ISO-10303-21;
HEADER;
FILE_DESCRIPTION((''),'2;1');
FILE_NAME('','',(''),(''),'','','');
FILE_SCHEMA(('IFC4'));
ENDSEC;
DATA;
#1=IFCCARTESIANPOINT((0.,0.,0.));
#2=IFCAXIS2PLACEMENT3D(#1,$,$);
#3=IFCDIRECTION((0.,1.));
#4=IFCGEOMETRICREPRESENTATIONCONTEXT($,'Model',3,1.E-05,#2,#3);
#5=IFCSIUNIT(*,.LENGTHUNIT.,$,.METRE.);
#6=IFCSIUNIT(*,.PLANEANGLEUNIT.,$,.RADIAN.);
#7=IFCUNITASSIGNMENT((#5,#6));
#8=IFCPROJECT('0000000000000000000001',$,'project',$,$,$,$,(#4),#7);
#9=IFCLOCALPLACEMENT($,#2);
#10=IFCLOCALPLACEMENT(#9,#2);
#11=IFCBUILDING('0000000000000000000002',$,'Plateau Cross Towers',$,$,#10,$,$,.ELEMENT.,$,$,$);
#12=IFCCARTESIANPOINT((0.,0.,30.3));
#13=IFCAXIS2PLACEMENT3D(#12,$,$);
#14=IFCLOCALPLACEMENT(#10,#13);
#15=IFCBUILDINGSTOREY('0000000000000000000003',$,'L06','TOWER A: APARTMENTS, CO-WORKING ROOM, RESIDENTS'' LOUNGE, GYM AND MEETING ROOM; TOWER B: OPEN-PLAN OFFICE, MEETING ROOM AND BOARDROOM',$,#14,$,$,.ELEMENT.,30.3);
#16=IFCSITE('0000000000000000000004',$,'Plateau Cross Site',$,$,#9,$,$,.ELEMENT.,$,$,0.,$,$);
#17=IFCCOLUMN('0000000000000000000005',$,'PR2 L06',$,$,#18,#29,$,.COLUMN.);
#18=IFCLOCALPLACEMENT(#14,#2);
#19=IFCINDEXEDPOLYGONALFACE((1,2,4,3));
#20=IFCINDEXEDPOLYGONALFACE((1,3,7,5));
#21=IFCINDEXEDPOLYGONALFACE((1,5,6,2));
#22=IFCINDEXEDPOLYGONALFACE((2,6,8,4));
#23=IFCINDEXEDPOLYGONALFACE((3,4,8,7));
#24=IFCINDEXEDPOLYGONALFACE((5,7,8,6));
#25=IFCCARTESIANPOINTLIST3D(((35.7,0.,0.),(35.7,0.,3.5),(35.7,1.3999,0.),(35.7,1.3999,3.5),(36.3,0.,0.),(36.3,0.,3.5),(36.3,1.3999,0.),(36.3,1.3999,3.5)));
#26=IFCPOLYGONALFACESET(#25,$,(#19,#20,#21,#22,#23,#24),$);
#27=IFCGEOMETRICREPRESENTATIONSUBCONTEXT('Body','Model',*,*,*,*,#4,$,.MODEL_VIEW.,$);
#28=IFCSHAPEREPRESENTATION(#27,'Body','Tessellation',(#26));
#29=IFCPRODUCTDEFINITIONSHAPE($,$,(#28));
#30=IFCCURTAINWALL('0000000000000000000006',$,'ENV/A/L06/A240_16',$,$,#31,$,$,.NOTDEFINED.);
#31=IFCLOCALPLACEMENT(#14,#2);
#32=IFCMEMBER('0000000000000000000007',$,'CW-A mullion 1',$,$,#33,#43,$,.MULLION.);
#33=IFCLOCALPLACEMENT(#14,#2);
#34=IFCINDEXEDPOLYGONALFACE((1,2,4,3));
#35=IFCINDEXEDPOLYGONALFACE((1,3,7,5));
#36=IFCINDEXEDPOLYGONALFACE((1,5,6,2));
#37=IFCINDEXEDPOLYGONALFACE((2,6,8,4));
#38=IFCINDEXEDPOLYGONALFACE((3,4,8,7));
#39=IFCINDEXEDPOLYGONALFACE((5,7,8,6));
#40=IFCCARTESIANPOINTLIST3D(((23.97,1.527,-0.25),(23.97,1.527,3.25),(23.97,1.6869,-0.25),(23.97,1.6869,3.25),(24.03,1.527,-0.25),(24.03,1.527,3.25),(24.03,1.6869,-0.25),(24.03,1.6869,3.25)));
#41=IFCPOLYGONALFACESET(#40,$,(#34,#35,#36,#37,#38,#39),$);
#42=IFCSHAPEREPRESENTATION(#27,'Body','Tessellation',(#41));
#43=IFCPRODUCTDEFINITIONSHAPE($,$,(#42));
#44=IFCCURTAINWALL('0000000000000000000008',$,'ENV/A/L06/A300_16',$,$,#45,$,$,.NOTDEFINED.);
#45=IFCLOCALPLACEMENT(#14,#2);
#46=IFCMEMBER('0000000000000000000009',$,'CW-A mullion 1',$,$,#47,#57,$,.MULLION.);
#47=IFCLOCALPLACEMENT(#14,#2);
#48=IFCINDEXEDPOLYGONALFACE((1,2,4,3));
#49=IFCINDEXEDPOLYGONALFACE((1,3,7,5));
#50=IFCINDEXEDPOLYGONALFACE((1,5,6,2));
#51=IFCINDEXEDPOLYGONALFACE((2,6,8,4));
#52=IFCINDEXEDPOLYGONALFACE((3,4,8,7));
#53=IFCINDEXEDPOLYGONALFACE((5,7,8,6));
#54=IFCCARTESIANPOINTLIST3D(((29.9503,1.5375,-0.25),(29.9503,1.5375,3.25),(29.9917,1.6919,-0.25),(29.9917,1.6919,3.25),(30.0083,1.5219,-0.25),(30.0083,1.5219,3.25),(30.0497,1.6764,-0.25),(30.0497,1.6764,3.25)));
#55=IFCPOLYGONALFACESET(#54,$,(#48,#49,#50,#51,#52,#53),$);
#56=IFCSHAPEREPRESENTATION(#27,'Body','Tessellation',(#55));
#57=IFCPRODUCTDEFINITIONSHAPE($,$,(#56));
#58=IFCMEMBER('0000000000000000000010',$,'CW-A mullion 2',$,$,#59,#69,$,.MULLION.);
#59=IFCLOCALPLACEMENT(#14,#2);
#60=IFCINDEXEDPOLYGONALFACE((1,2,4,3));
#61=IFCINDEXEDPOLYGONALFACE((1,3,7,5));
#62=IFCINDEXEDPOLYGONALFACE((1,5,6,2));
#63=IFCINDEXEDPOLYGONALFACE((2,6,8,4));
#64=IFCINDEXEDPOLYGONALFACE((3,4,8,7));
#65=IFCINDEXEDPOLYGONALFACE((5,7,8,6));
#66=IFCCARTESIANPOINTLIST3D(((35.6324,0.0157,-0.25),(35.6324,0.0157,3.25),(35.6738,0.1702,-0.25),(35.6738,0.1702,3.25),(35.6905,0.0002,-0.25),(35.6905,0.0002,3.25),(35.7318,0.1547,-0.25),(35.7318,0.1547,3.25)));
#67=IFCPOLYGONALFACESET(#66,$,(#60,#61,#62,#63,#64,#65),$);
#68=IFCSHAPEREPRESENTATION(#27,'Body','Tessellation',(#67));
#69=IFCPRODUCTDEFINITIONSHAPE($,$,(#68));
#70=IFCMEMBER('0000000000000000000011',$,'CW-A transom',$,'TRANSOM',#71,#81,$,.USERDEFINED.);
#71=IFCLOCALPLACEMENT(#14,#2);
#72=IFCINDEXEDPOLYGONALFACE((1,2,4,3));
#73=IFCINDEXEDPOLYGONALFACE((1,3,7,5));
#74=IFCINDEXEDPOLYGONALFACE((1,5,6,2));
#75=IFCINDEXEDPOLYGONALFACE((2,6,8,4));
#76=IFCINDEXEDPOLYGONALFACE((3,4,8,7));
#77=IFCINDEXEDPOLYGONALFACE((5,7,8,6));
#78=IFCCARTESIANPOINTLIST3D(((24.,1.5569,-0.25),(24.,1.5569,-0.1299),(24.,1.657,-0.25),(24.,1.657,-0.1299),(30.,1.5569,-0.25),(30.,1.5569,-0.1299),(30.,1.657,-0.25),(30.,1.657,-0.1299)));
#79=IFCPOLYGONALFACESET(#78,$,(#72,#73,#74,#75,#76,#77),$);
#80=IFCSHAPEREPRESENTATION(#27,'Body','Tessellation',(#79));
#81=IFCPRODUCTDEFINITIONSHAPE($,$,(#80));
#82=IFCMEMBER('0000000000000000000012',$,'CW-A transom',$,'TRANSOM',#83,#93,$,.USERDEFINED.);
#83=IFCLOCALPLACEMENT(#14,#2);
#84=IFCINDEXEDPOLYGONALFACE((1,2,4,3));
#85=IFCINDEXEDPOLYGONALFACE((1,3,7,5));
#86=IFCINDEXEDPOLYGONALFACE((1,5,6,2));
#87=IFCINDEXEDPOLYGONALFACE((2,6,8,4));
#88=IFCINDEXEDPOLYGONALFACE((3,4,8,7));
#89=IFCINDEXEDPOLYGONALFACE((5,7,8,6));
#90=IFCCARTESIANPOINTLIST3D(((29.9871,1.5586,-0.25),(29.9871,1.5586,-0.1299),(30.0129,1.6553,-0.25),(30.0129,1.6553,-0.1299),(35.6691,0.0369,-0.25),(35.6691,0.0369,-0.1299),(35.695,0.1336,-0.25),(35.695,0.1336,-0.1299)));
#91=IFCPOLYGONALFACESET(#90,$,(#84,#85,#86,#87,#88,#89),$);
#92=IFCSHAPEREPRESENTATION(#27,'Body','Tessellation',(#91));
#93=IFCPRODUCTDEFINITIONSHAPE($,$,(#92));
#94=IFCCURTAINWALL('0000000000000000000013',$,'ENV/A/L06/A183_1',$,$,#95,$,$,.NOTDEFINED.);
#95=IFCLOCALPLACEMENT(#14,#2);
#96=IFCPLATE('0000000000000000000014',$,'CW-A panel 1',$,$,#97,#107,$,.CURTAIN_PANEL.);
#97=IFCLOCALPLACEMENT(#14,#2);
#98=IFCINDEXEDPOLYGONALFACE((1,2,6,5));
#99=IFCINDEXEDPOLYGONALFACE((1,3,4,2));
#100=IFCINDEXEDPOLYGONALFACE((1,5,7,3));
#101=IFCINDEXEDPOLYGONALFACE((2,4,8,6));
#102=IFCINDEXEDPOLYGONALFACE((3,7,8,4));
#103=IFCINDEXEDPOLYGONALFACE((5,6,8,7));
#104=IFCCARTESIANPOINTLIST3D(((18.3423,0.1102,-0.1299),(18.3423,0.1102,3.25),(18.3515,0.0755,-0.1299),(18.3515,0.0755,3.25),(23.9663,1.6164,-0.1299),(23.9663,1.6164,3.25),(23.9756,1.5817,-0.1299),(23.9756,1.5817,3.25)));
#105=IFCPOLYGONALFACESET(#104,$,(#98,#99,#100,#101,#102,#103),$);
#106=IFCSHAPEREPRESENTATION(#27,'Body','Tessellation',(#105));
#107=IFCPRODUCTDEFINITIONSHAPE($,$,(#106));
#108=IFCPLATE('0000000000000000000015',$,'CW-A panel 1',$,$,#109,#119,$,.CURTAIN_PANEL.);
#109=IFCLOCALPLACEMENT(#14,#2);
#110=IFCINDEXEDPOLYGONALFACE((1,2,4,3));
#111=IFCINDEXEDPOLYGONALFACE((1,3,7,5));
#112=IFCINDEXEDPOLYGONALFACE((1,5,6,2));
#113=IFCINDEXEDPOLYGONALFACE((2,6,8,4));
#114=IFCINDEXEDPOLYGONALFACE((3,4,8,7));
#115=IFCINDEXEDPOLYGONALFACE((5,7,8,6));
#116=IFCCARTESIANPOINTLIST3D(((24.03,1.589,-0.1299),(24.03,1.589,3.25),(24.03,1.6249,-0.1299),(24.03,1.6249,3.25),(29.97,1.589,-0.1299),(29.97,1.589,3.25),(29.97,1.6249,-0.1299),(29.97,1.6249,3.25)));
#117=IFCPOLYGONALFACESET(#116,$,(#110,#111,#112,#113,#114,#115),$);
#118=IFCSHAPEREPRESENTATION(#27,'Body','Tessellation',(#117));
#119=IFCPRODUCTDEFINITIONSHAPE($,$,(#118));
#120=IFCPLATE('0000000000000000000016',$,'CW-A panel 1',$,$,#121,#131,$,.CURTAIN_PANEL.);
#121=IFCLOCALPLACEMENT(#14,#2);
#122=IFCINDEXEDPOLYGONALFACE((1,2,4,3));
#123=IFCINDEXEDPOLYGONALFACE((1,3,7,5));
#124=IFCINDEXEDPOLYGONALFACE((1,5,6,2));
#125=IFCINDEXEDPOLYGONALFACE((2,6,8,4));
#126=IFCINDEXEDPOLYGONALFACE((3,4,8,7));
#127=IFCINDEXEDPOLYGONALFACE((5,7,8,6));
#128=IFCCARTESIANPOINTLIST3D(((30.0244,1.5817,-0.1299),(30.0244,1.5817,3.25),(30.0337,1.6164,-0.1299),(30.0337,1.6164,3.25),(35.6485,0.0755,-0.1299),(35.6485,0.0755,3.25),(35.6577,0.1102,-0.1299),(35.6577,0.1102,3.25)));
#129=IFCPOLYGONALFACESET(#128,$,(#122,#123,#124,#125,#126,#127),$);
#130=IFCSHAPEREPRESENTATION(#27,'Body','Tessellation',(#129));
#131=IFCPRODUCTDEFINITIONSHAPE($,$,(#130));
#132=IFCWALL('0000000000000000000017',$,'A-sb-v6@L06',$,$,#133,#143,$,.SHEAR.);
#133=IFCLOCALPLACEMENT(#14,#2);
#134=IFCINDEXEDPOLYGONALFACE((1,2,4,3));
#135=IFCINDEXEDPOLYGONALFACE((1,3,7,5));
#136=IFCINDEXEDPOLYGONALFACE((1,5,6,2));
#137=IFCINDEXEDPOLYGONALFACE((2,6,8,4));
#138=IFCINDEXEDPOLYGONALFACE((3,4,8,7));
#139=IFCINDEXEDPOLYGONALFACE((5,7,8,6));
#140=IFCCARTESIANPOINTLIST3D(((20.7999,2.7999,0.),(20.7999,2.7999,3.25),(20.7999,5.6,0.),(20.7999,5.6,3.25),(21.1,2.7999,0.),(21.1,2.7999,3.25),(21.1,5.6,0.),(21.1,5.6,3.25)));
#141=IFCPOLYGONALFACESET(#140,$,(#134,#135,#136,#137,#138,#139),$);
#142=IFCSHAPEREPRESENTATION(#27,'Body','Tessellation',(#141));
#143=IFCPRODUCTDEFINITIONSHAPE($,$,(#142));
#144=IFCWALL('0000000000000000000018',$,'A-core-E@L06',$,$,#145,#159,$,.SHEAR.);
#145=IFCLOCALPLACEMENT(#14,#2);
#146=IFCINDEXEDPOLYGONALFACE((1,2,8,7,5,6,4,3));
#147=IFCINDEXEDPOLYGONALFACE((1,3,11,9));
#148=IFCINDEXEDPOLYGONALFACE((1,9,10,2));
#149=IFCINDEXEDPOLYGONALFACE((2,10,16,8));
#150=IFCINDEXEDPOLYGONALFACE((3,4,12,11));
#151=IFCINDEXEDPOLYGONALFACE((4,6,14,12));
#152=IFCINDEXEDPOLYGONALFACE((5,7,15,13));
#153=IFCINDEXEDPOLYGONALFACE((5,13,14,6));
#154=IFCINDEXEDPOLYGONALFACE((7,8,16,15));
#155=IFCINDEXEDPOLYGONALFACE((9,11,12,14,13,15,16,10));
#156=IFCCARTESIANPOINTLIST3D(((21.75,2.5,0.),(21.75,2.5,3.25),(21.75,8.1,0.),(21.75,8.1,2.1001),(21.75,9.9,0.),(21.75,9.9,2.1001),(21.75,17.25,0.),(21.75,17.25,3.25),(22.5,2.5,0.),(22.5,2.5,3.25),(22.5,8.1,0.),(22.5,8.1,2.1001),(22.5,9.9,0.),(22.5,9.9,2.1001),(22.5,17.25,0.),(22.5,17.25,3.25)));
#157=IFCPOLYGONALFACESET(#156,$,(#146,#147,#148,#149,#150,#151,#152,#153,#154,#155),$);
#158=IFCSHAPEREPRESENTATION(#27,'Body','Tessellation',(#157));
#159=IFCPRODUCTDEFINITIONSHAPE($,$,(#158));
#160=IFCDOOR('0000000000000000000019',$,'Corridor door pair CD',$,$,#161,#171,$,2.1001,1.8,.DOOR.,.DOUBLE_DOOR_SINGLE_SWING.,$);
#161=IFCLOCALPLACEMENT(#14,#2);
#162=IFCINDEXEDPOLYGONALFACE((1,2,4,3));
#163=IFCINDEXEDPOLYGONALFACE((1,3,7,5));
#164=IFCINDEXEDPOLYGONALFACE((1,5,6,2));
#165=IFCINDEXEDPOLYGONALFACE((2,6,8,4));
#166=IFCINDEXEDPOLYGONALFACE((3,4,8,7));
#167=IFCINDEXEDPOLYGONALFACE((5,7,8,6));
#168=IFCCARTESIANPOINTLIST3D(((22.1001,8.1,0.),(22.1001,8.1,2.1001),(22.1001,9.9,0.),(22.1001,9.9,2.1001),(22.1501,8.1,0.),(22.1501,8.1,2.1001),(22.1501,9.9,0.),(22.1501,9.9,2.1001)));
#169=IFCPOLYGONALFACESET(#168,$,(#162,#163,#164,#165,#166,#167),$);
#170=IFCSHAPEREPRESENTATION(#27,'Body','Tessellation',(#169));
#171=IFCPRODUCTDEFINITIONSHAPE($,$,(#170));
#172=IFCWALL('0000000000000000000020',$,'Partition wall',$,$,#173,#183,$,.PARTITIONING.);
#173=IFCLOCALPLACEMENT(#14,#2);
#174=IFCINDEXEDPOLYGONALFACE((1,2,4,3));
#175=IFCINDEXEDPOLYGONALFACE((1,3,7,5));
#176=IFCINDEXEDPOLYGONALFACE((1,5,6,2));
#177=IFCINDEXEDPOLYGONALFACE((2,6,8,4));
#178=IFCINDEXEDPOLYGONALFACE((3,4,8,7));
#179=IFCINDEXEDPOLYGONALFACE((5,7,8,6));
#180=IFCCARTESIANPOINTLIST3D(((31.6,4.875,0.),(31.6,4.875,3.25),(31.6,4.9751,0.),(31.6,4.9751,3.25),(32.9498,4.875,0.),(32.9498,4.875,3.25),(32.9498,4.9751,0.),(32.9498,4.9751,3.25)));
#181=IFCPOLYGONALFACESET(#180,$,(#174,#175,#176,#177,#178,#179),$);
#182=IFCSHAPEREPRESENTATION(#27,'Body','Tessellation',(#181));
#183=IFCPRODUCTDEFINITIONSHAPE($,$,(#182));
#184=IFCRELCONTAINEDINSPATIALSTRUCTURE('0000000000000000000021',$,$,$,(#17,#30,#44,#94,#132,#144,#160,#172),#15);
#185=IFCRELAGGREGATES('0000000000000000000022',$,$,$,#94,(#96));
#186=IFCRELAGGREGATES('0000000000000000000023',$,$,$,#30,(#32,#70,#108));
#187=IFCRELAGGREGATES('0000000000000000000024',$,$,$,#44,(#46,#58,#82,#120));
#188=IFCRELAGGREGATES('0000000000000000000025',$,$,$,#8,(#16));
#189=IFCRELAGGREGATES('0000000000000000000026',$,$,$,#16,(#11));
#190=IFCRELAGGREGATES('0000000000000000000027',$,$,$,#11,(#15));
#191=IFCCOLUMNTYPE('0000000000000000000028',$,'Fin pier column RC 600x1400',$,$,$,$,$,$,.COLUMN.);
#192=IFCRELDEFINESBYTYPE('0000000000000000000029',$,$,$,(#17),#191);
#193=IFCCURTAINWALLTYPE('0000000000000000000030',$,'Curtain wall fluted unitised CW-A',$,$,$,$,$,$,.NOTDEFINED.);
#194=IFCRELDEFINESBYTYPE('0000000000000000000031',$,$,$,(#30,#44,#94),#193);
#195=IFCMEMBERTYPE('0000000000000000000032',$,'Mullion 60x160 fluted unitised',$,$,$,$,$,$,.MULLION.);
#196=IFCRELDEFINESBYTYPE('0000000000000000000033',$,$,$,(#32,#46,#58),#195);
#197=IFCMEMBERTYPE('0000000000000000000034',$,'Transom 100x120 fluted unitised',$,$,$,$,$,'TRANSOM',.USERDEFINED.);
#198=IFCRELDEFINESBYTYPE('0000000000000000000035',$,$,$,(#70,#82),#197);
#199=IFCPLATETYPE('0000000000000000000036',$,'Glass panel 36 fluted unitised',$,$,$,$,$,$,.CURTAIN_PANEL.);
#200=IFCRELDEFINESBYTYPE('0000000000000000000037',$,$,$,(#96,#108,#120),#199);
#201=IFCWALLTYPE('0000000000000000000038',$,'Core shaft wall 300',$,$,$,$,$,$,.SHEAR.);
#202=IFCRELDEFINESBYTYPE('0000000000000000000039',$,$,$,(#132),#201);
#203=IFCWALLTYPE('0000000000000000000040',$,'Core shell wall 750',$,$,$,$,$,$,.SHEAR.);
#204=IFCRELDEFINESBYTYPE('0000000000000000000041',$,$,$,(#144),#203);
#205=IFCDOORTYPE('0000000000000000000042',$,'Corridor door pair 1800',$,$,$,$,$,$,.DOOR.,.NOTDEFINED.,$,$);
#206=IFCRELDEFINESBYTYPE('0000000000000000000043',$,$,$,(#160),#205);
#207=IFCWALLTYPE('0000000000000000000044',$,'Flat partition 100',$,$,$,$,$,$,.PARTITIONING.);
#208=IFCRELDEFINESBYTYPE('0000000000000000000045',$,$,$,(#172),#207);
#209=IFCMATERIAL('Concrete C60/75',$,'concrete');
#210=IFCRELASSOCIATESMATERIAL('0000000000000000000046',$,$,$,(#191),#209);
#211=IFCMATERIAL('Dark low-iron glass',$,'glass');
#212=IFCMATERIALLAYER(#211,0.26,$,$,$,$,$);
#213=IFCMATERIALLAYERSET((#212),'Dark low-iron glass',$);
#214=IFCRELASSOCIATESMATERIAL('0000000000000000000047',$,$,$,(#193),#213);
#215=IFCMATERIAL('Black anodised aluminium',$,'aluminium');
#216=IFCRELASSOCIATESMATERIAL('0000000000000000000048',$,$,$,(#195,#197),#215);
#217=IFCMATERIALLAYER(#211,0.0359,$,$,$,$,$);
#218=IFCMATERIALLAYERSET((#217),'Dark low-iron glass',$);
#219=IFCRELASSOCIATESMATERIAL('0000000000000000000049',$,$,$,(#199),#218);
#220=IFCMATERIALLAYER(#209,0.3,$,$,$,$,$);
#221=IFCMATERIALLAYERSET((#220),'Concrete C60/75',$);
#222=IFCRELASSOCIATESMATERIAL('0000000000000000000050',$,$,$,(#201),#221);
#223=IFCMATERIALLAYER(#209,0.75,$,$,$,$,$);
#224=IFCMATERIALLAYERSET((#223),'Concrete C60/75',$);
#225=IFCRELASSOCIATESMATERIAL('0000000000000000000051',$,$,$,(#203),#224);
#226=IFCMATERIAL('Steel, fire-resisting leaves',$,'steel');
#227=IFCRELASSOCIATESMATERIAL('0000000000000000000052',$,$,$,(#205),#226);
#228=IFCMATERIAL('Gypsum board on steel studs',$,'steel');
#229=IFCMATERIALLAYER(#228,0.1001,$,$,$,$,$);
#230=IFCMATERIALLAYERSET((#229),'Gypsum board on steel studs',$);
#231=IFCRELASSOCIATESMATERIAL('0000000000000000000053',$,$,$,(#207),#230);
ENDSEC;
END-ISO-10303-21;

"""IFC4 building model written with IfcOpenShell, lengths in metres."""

from ifc_helpers import new_model, si_unit, direction, frame, frame_2d, origin, origin_2d, place, context, subcontext, project, spatial, rectangle, extrude, material, layer, layer_set, material_profile, profile_set, type_object, element, fill, aggregate, save


model = new_model("IFC4")

# Units and contexts
model_context = context("Model", 3, precision=1e-05, world=origin(), true_north=direction((0.0, 1.0)))
body_context = subcontext(model_context, "Body", "Model", "MODEL_VIEW")
ifc_project = project(units=[si_unit("LENGTHUNIT", "METRE"), si_unit("PLANEANGLEUNIT", "RADIAN")], contexts=[model_context])

# Site, building, storey
site_placement = place(None, origin())
site = spatial("IfcSite", under=ifc_project, at=site_placement, Name="Plateau Cross Site", CompositionType="ELEMENT", RefElevation=0.0)
building_placement = place(site_placement, origin())
building = spatial("IfcBuilding", under=site, at=building_placement, Name="Plateau Cross Towers", CompositionType="ELEMENT")
storey_placement = place(building_placement, frame((0.0, 0.0, 30.3)))
storey = spatial("IfcBuildingStorey", under=building, at=storey_placement, Name="L06", Description="TOWER A: APARTMENTS, CO-WORKING ROOM, RESIDENTS' LOUNGE, GYM AND MEETING ROOM; TOWER B: OPEN-PLAN OFFICE, MEETING ROOM AND BOARDROOM", CompositionType="ELEMENT", Elevation=30.3)

# Column
ifc_material_1 = material(Name="Concrete C60/75", Category="concrete")
ifc_material_profile_1 = material_profile(ifc_material_1, rectangle(XDim=0.6001, YDim=1.3999, at=origin_2d()), Name="RC 600x1400")
ifc_profile_set_1 = profile_set([ifc_material_profile_1], Name="Concrete C60/75")
column_type = type_object("IfcColumnType", Name="Fin pier column RC 600x1400", PredefinedType="COLUMN", material=ifc_profile_set_1)
column_placement = place(storey_placement, frame((36.0, 0.7, 0.0), z_axis=(0.0, 0.0, 1.0), x_axis=(1.0, 0.0, 0.0)))
element("IfcColumn", 1, at=column_placement, inside=storey, type_object=column_type, Name="PR2 L06", PredefinedType="COLUMN", context=body_context, shape_type="SweptSolid", body=[
    extrude(rectangle(XDim=0.6001, YDim=1.3999, at=origin_2d()), origin(), (0.0, 0.0, 1.0), 3.5),
])

# Curtain wall, member
ifc_material_2 = material(Name="Dark low-iron glass", Category="glass")
ifc_layer_1 = layer(ifc_material_2, 0.26)
ifc_layer_set_1 = layer_set([ifc_layer_1], Name="Dark low-iron glass")
curtain_wall_type = type_object("IfcCurtainWallType", Name="Curtain wall fluted unitised CW-A", PredefinedType="NOTDEFINED", material=ifc_layer_set_1)
curtain_wall_1_placement = place(storey_placement, origin())
curtain_wall_1 = element("IfcCurtainWall", 2, at=curtain_wall_1_placement, inside=storey, type_object=curtain_wall_type, Name="ENV/A/L06/A240_16", PredefinedType="NOTDEFINED")
ifc_material_3 = material(Name="Black anodised aluminium", Category="aluminium")
ifc_material_profile_2 = material_profile(ifc_material_3, rectangle(XDim=0.0601, YDim=0.1599, at=origin_2d()), Name="MULLION 60x160")
ifc_profile_set_2 = profile_set([ifc_material_profile_2], Name="Black anodised aluminium")
member_type_1 = type_object("IfcMemberType", Name="Mullion 60x160 fluted unitised", PredefinedType="MULLION", material=ifc_profile_set_2)
member_1_placement = place(storey_placement, frame((24.0, 1.6069, -0.25), z_axis=(0.0, 0.0, 1.0), x_axis=(1.0, 0.0, 0.0)))
member_1 = element("IfcMember", 3, at=member_1_placement, type_object=member_type_1, Name="CW-A mullion 1", PredefinedType="MULLION", context=body_context, shape_type="SweptSolid", body=[
    extrude(rectangle(XDim=0.0601, YDim=0.1599, at=origin_2d()), origin(), (0.0, 0.0, 1.0), 3.5),
])

# Curtain wall, members
curtain_wall_2_placement = place(storey_placement, origin())
curtain_wall_2 = element("IfcCurtainWall", 4, at=curtain_wall_2_placement, inside=storey, type_object=curtain_wall_type, Name="ENV/A/L06/A300_16", PredefinedType="NOTDEFINED")
member_2_placement = place(storey_placement, frame((30.0, 1.6069, -0.25), z_axis=(0.0, 0.0, 1.0), x_axis=(0.965958, -0.258699, 0.0)))
member_2 = element("IfcMember", 5, at=member_2_placement, type_object=member_type_1, Name="CW-A mullion 1", PredefinedType="MULLION", context=body_context, shape_type="SweptSolid", body=[
    extrude(rectangle(XDim=0.0601, YDim=0.1599, at=origin_2d()), origin(), (0.0, 0.0, 1.0), 3.5),
])
member_3_placement = place(storey_placement, frame((35.6821, 0.0852, -0.25), z_axis=(0.0, 0.0, 1.0), x_axis=(0.965958, -0.258699, 0.0)))
member_3 = element("IfcMember", 6, at=member_3_placement, type_object=member_type_1, Name="CW-A mullion 2", PredefinedType="MULLION", context=body_context, shape_type="SweptSolid", body=[
    extrude(rectangle(XDim=0.0601, YDim=0.1599, at=origin_2d()), origin(), (0.0, 0.0, 1.0), 3.5),
])

# Members
ifc_material_profile_3 = material_profile(ifc_material_3, rectangle(XDim=0.1001, YDim=0.1201, at=origin_2d()), Name="TRANSOM 100x120")
ifc_profile_set_3 = profile_set([ifc_material_profile_3], Name="Black anodised aluminium")
member_type_2 = type_object("IfcMemberType", Name="Transom 100x120 fluted unitised", ElementType="TRANSOM", PredefinedType="USERDEFINED", material=ifc_profile_set_3)
member_4_placement = place(storey_placement, frame((24.0, 1.6069, -0.1899), z_axis=(1.0, 0.0, 0.0), x_axis=(0.0, 1.0, 0.0)))
member_4 = element("IfcMember", 7, at=member_4_placement, type_object=member_type_2, Name="CW-A transom", ObjectType="TRANSOM", PredefinedType="USERDEFINED", context=body_context, shape_type="SweptSolid", body=[
    extrude(rectangle(XDim=0.1001, YDim=0.1201, at=origin_2d()), origin(), (0.0, 0.0, 1.0), 6.0),
])
member_5_placement = place(storey_placement, frame((30.0, 1.6069, -0.1899), z_axis=(0.96596, -0.258693, 0.0), x_axis=(0.258693, 0.96596, 0.0)))
member_5 = element("IfcMember", 8, at=member_5_placement, type_object=member_type_2, Name="CW-A transom", ObjectType="TRANSOM", PredefinedType="USERDEFINED", context=body_context, shape_type="SweptSolid", body=[
    extrude(rectangle(XDim=0.1001, YDim=0.1201, at=origin_2d()), origin(), (0.0, 0.0, 1.0), 5.8823),
])

# Curtain wall, plate
curtain_wall_3_placement = place(storey_placement, origin())
curtain_wall_3 = element("IfcCurtainWall", 9, at=curtain_wall_3_placement, inside=storey, type_object=curtain_wall_type, Name="ENV/A/L06/A183_1", PredefinedType="NOTDEFINED")
ifc_layer_2 = layer(ifc_material_2, 0.0359)
ifc_layer_set_2 = layer_set([ifc_layer_2], Name="Dark low-iron glass")
plate_type = type_object("IfcPlateType", Name="Glass panel 36 fluted unitised", PredefinedType="CURTAIN_PANEL", material=ifc_layer_set_2)
plate_1_placement = place(storey_placement, frame((21.1589, 0.8459, -0.1299), z_axis=(0.0, 0.0, 1.0), x_axis=(0.965958, 0.258699, 0.0)))
plate_1 = element("IfcPlate", 10, at=plate_1_placement, type_object=plate_type, Name="CW-A panel 1", PredefinedType="CURTAIN_PANEL", context=body_context, shape_type="SweptSolid", body=[
    extrude(rectangle(XDim=5.8223, YDim=0.0359, at=origin_2d()), origin(), (0.0, 0.0, 1.0), 3.3799),
])
aggregate(curtain_wall_3, [plate_1])

# Plates
plate_2_placement = place(storey_placement, frame((27.0, 1.6069, -0.1299), z_axis=(0.0, 0.0, 1.0), x_axis=(1.0, 0.0, 0.0)))
plate_2 = element("IfcPlate", 11, at=plate_2_placement, type_object=plate_type, Name="CW-A panel 1", PredefinedType="CURTAIN_PANEL", context=body_context, shape_type="SweptSolid", body=[
    extrude(rectangle(XDim=5.9399, YDim=0.0359, at=origin_2d()), origin(), (0.0, 0.0, 1.0), 3.3799),
])
aggregate(curtain_wall_1, [member_1, member_4, plate_2])
plate_3_placement = place(storey_placement, frame((32.8411, 0.8459, -0.1299), z_axis=(0.0, 0.0, 1.0), x_axis=(0.965958, -0.258699, 0.0)))
plate_3 = element("IfcPlate", 12, at=plate_3_placement, type_object=plate_type, Name="CW-A panel 1", PredefinedType="CURTAIN_PANEL", context=body_context, shape_type="SweptSolid", body=[
    extrude(rectangle(XDim=5.8223, YDim=0.0359, at=origin_2d()), origin(), (0.0, 0.0, 1.0), 3.3799),
])
aggregate(curtain_wall_2, [member_2, member_3, member_5, plate_3])

# Wall
ifc_layer_3 = layer(ifc_material_1, 0.3)
ifc_layer_set_3 = layer_set([ifc_layer_3], Name="Concrete C60/75")
wall_type_1 = type_object("IfcWallType", Name="Core shaft wall 300", PredefinedType="SHEAR", material=ifc_layer_set_3)
wall_1_placement = place(storey_placement, frame((20.95, 2.8, 0.0), z_axis=(0.0, 0.0, 1.0), x_axis=(0.0, 1.0, 0.0)))
element("IfcWall", 13, at=wall_1_placement, inside=storey, type_object=wall_type_1, Name="A-sb-v6@L06", PredefinedType="SHEAR", context=body_context, shape_type="SweptSolid", body=[
    extrude(rectangle(XDim=2.8, YDim=0.3, at=frame_2d((1.3999, 0.0))), origin(), (0.0, 0.0, 1.0), 3.25),
])

# Wall, opening, door
ifc_layer_4 = layer(ifc_material_1, 0.75)
ifc_layer_set_4 = layer_set([ifc_layer_4], Name="Concrete C60/75")
wall_type_2 = type_object("IfcWallType", Name="Core shell wall 750", PredefinedType="SHEAR", material=ifc_layer_set_4)
wall_2_placement = place(storey_placement, frame((22.125, 2.5, 0.0), z_axis=(0.0, 0.0, 1.0), x_axis=(0.0, 1.0, 0.0)))
wall_2 = element("IfcWall", 14, at=wall_2_placement, inside=storey, type_object=wall_type_2, Name="A-core-E@L06", PredefinedType="SHEAR", context=body_context, shape_type="SweptSolid", body=[
    extrude(rectangle(XDim=14.75, YDim=0.75, at=frame_2d((7.375, 0.0))), origin(), (0.0, 0.0, 1.0), 3.25),
])
opening_1_placement = place(wall_2_placement, frame((5.6001, 0.0, 0.0)))
opening_1 = element("IfcOpeningElement", 15, at=opening_1_placement, cuts=wall_2, PredefinedType="OPENING", context=body_context, shape_type="SweptSolid", body=[
    extrude(rectangle(XDim=1.8, YDim=2.1001, at=frame_2d((0.8999, 1.05))), frame((0.0, 0.385, 0.0), z_axis=(0.0, -1.0, 0.0), x_axis=(1.0, 0.0, 0.0)), (0.0, 0.0, 1.0), 0.77),
])
ifc_material_4 = material(Name="Steel, fire-resisting leaves", Category="steel")
door_type_1 = type_object("IfcDoorType", Name="Corridor door pair 1800", OperationType="NOTDEFINED", PredefinedType="DOOR", material=ifc_material_4)
door_1_placement = place(opening_1_placement, origin())
door_1 = element("IfcDoor", 16, at=door_1_placement, inside=storey, type_object=door_type_1, Name="Corridor door pair CD", OperationType="DOUBLE_DOOR_SINGLE_SWING", OverallHeight=2.1001, OverallWidth=1.8, PredefinedType="DOOR", context=body_context, shape_type="SweptSolid", body=[
    extrude(rectangle(XDim=1.8, YDim=2.1001, at=frame_2d((0.8999, 1.05))), frame((0.0, 0.0249, 0.0), z_axis=(0.0, -1.0, 0.0), x_axis=(1.0, 0.0, 0.0)), (0.0, 0.0, 1.0), 0.05),
])
fill(opening_1, door_1)

# Wall
ifc_material_5 = material(Name="Gypsum board on steel studs", Category="steel")
ifc_layer_5 = layer(ifc_material_5, 0.1001)
ifc_layer_set_5 = layer_set([ifc_layer_5], Name="Gypsum board on steel studs")
wall_type_3 = type_object("IfcWallType", Name="Flat partition 100", PredefinedType="PARTITIONING", material=ifc_layer_set_5)
wall_3_placement = place(storey_placement, frame((31.6001, 4.925, 0.0), z_axis=(0.0, 0.0, 1.0), x_axis=(1.0, 0.0, 0.0)))
element("IfcWall", 17, at=wall_3_placement, inside=storey, type_object=wall_type_3, Name="Partition wall", PredefinedType="PARTITIONING", context=body_context, shape_type="SweptSolid", body=[
    extrude(rectangle(XDim=1.3499, YDim=0.1001, at=frame_2d((0.6748, 0.0))), origin(), (0.0, 0.0, 1.0), 3.25),
])

save(model, "model.ifc")
